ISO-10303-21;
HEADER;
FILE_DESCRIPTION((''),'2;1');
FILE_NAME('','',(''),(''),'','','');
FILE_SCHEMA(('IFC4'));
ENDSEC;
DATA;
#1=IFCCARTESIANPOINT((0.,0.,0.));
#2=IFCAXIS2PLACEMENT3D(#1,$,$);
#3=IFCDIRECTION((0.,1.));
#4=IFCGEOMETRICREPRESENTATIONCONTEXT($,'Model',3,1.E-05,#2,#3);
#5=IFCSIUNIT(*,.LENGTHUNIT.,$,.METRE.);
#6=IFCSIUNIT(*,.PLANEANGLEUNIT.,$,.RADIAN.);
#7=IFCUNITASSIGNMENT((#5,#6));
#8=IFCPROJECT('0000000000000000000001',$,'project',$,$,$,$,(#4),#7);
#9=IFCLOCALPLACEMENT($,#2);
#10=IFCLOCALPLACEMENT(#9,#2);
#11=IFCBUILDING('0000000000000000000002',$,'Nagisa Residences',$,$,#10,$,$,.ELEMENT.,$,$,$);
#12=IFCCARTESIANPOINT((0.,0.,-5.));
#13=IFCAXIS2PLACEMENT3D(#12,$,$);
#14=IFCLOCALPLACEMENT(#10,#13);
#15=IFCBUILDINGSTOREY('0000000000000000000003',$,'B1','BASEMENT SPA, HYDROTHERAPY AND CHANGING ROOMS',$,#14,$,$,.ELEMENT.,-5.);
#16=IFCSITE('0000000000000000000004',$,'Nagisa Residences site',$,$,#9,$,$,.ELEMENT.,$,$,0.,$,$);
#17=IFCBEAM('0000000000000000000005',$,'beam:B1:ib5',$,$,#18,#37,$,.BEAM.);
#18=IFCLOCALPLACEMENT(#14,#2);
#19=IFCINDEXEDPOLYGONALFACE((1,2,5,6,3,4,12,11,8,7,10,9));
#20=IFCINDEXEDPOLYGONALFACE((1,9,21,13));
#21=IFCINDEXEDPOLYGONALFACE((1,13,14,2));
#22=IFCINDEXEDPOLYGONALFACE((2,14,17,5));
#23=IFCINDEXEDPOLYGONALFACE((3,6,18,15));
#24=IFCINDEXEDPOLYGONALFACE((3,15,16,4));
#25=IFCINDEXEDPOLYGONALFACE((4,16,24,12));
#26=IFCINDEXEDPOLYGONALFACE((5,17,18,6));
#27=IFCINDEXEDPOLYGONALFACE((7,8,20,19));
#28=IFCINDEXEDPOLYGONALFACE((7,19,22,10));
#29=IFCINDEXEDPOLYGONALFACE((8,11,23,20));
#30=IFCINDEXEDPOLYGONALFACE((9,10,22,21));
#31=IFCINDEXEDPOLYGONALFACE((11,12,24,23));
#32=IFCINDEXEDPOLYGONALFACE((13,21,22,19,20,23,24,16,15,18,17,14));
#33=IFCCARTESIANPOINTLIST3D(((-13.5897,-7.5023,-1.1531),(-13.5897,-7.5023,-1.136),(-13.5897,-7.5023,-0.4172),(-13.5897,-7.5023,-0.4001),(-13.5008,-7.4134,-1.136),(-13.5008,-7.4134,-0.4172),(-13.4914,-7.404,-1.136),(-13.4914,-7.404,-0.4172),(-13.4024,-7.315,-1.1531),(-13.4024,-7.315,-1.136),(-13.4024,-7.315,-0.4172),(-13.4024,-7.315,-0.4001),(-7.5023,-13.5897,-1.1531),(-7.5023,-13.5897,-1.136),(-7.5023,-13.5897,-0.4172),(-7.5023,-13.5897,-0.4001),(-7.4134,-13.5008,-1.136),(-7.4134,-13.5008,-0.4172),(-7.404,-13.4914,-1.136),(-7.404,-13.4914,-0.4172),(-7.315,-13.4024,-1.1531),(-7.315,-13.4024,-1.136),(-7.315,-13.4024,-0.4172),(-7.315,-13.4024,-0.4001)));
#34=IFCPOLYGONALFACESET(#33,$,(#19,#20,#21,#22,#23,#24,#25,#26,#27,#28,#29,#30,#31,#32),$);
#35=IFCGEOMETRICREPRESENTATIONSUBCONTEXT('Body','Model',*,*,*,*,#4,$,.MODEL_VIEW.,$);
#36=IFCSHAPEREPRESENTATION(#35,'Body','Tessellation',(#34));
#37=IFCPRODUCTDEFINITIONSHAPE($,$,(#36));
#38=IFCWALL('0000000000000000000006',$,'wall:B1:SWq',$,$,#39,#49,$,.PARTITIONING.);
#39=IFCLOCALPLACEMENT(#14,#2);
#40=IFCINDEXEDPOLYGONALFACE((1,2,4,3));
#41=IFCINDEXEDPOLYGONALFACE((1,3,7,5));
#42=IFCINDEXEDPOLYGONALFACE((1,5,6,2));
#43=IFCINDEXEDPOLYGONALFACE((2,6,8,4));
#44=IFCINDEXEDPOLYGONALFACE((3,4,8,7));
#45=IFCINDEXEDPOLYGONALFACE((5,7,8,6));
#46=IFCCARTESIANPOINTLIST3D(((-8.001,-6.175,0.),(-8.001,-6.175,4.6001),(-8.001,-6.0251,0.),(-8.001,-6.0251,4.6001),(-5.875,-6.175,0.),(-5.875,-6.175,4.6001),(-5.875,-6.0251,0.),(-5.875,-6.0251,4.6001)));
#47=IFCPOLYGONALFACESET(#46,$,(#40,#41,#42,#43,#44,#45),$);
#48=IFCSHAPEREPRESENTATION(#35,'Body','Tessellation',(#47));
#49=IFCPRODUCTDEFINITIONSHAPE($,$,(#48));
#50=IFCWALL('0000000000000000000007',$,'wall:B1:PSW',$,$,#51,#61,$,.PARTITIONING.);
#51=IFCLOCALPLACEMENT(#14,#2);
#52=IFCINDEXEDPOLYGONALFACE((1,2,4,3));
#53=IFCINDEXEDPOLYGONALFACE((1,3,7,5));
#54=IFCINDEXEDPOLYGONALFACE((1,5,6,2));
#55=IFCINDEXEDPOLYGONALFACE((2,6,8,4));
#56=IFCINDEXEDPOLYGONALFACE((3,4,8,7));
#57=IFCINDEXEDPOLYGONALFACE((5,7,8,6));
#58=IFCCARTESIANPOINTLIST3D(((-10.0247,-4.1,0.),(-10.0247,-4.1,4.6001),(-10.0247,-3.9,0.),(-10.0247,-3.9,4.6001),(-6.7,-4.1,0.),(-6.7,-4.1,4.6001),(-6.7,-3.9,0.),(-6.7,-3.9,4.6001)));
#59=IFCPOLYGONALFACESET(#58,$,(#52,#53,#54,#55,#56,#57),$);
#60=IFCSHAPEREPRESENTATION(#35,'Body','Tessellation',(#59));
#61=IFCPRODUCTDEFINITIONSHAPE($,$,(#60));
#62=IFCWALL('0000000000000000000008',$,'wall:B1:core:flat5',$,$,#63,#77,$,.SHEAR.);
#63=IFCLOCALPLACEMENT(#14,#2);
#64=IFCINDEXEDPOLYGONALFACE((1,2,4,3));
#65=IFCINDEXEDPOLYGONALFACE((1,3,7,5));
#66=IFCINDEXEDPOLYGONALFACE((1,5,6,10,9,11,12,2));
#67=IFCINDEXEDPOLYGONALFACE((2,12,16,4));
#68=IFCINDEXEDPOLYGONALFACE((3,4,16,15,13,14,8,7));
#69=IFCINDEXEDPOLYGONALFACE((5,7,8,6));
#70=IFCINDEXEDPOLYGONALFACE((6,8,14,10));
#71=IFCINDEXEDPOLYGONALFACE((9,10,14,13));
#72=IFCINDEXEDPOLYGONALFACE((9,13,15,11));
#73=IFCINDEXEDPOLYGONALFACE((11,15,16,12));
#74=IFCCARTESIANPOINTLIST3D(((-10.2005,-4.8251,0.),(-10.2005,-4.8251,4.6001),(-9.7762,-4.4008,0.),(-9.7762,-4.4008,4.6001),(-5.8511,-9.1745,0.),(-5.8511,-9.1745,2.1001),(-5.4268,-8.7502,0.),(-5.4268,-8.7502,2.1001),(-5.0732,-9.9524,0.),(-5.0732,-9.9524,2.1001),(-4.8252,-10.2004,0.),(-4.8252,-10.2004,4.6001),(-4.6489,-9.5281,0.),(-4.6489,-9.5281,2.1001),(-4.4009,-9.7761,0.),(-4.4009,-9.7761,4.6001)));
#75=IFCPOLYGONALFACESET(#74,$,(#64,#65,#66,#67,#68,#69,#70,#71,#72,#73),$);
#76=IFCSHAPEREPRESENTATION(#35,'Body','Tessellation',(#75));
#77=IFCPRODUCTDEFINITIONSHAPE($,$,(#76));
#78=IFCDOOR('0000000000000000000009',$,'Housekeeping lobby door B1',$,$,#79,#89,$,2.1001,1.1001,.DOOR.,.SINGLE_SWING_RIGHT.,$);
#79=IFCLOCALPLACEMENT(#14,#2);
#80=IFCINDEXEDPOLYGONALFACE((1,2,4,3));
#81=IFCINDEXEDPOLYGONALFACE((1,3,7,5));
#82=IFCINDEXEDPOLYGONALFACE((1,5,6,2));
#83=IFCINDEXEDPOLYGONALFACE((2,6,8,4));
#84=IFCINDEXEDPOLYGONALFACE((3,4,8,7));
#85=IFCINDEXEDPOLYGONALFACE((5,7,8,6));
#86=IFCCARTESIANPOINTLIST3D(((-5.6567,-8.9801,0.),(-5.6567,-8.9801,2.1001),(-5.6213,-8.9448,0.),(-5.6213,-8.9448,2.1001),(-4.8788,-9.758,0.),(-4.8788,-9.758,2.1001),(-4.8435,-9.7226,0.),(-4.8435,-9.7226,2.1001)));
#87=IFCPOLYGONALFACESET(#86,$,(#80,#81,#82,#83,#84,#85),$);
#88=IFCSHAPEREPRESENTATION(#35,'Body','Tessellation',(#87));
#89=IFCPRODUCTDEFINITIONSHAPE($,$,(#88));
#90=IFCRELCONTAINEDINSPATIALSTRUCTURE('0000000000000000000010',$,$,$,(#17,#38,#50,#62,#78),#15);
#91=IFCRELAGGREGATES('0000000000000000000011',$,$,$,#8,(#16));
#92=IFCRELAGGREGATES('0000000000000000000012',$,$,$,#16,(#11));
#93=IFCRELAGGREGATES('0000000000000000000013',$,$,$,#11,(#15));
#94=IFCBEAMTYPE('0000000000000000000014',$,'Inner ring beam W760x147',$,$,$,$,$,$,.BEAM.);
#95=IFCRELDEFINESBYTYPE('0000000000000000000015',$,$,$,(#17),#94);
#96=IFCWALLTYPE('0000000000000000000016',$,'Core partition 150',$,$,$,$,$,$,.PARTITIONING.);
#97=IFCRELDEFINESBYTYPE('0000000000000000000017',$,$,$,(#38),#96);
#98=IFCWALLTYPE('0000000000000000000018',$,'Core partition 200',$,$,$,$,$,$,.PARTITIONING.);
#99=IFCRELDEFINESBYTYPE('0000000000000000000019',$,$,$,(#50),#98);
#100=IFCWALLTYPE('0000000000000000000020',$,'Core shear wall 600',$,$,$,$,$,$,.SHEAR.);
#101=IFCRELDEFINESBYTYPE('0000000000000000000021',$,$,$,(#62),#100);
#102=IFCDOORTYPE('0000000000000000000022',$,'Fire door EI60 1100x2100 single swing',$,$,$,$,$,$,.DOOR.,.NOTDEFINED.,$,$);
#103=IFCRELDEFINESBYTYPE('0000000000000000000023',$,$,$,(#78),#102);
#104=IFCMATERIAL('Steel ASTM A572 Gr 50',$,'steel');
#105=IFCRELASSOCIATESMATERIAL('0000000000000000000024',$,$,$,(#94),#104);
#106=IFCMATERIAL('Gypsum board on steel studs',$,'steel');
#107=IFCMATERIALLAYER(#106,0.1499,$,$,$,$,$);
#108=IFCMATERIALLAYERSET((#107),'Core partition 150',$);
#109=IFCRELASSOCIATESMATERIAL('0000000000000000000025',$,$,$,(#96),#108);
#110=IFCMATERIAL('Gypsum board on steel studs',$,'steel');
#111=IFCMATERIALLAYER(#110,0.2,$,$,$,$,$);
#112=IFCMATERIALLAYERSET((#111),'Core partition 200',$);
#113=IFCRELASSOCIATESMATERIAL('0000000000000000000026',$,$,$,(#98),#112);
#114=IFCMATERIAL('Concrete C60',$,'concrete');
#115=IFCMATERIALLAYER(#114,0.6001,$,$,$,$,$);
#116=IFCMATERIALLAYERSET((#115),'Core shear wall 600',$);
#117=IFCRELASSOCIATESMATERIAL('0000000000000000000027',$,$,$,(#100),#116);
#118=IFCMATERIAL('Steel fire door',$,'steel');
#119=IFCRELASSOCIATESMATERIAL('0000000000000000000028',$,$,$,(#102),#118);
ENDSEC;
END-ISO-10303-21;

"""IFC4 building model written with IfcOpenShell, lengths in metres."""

from ifc_helpers import new_model, si_unit, direction, frame, frame_2d, origin, origin_2d, place, context, subcontext, project, spatial, rectangle, i_section, extrude, material, layer, layer_set, material_profile, profile_set, type_object, element, fill, save


model = new_model("IFC4")

# Units and contexts
model_context = context("Model", 3, precision=1e-05, world=origin(), true_north=direction((0.0, 1.0)))
body_context = subcontext(model_context, "Body", "Model", "MODEL_VIEW")
ifc_project = project(units=[si_unit("LENGTHUNIT", "METRE"), si_unit("PLANEANGLEUNIT", "RADIAN")], contexts=[model_context])

# Site, building, storey
site_placement = place(None, origin())
site = spatial("IfcSite", under=ifc_project, at=site_placement, Name="Nagisa Residences site", CompositionType="ELEMENT", RefElevation=0.0)
building_placement = place(site_placement, origin())
building = spatial("IfcBuilding", under=site, at=building_placement, Name="Nagisa Residences", CompositionType="ELEMENT")
storey_placement = place(building_placement, frame((0.0, 0.0, -5.0)))
storey = spatial("IfcBuildingStorey", under=building, at=storey_placement, Name="B1", Description="BASEMENT SPA, HYDROTHERAPY AND CHANGING ROOMS", CompositionType="ELEMENT", Elevation=-5.0)

# Beam
ifc_material_1 = material(Name="Steel ASTM A572 Gr 50", Category="steel")
ifc_material_profile = material_profile(ifc_material_1, i_section(OverallWidth=0.2649, OverallDepth=0.7529, WebThickness=0.0132, FlangeThickness=0.0171, at=origin_2d()), Name="W760x147")
ifc_profile_set = profile_set([ifc_material_profile], Name="Steel ASTM A572 Gr 50")
beam_type = type_object("IfcBeamType", Name="Inner ring beam W760x147", PredefinedType="BEAM", material=ifc_profile_set)
beam_placement = place(storey_placement, frame((-13.4961, -7.4087, -0.7766), z_axis=(0.707107, -0.707107, 0.0), x_axis=(0.707107, 0.707107, 0.0)))
element("IfcBeam", 1, at=beam_placement, inside=storey, type_object=beam_type, Name="beam:B1:ib5", PredefinedType="BEAM", context=body_context, shape_type="SweptSolid", body=[
    extrude(i_section(OverallWidth=0.2649, OverallDepth=0.7529, WebThickness=0.0132, FlangeThickness=0.0171, at=origin_2d()), origin(), (0.0, 0.0, 1.0), 8.6089),
])

# Walls
ifc_material_2 = material(Name="Gypsum board on steel studs", Category="steel")
ifc_layer_1 = layer(ifc_material_2, 0.1499)
ifc_layer_set_1 = layer_set([ifc_layer_1], Name="Core partition 150")
wall_type_1 = type_object("IfcWallType", Name="Core partition 150", PredefinedType="PARTITIONING", material=ifc_layer_set_1)
wall_1_placement = place(storey_placement, frame((-8.001, -6.1001, 0.0), z_axis=(0.0, 0.0, 1.0), x_axis=(1.0, 0.0, 0.0)))
element("IfcWall", 2, at=wall_1_placement, inside=storey, type_object=wall_type_1, Name="wall:B1:SWq", PredefinedType="PARTITIONING", context=body_context, shape_type="SweptSolid", body=[
    extrude(rectangle(XDim=2.126, YDim=0.1499, at=frame_2d((1.063, 0.0))), origin(), (0.0, 0.0, 1.0), 4.6001),
])
ifc_material_3 = material(Name="Gypsum board on steel studs", Category="steel")
ifc_layer_2 = layer(ifc_material_3, 0.2)
ifc_layer_set_2 = layer_set([ifc_layer_2], Name="Core partition 200")
wall_type_2 = type_object("IfcWallType", Name="Core partition 200", PredefinedType="PARTITIONING", material=ifc_layer_set_2)
wall_2_placement = place(storey_placement, frame((-10.0247, -4.0, 0.0), z_axis=(0.0, 0.0, 1.0), x_axis=(1.0, 0.0, 0.0)))
element("IfcWall", 3, at=wall_2_placement, inside=storey, type_object=wall_type_2, Name="wall:B1:PSW", PredefinedType="PARTITIONING", context=body_context, shape_type="SweptSolid", body=[
    extrude(rectangle(XDim=3.3247, YDim=0.2, at=frame_2d((1.6624, 0.0))), origin(), (0.0, 0.0, 1.0), 4.6001),
])

# Wall, opening, door
ifc_material_4 = material(Name="Concrete C60", Category="concrete")
ifc_layer_3 = layer(ifc_material_4, 0.6001)
ifc_layer_set_3 = layer_set([ifc_layer_3], Name="Core shear wall 600")
wall_type_3 = type_object("IfcWallType", Name="Core shear wall 600", PredefinedType="SHEAR", material=ifc_layer_set_3)
wall_3_placement = place(storey_placement, frame((-9.9883, -4.613, 0.0), z_axis=(0.0, 0.0, 1.0), x_axis=(0.707107, -0.707107, 0.0)))
wall_3 = element("IfcWall", 4, at=wall_3_placement, inside=storey, type_object=wall_type_3, Name="wall:B1:core:flat5", PredefinedType="SHEAR", context=body_context, shape_type="SweptSolid", body=[
    extrude(rectangle(XDim=7.6018, YDim=0.6001, at=frame_2d((3.8008, 0.0))), origin(), (0.0, 0.0, 1.0), 4.6001),
])
opening_1_placement = place(wall_3_placement, frame((6.1509, 0.0, 0.0)))
opening_1 = element("IfcOpeningElement", 5, at=opening_1_placement, cuts=wall_3, PredefinedType="OPENING", context=body_context, shape_type="SweptSolid", body=[
    extrude(rectangle(XDim=1.1001, YDim=2.1001, at=frame_2d((0.55, 1.05))), frame((0.0, 0.3101, 0.0), z_axis=(0.0, -1.0, 0.0), x_axis=(1.0, 0.0, 0.0)), (0.0, 0.0, 1.0), 0.6201),
])
ifc_material_5 = material(Name="Steel fire door", Category="steel")
door_type_1 = type_object("IfcDoorType", Name="Fire door EI60 1100x2100 single swing", OperationType="NOTDEFINED", PredefinedType="DOOR", material=ifc_material_5)
door_1_placement = place(opening_1_placement, origin())
door_1 = element("IfcDoor", 6, at=door_1_placement, inside=storey, type_object=door_type_1, Name="Housekeeping lobby door B1", OperationType="SINGLE_SWING_RIGHT", OverallHeight=2.1001, OverallWidth=1.1001, PredefinedType="DOOR", context=body_context, shape_type="SweptSolid", body=[
    extrude(rectangle(XDim=1.1001, YDim=2.1001, at=frame_2d((0.55, 1.05))), frame((0.0, 0.0249, 0.0), z_axis=(0.0, -1.0, 0.0), x_axis=(1.0, 0.0, 0.0)), (0.0, 0.0, 1.0), 0.05),
])
fill(opening_1, door_1)

save(model, "model.ifc")
